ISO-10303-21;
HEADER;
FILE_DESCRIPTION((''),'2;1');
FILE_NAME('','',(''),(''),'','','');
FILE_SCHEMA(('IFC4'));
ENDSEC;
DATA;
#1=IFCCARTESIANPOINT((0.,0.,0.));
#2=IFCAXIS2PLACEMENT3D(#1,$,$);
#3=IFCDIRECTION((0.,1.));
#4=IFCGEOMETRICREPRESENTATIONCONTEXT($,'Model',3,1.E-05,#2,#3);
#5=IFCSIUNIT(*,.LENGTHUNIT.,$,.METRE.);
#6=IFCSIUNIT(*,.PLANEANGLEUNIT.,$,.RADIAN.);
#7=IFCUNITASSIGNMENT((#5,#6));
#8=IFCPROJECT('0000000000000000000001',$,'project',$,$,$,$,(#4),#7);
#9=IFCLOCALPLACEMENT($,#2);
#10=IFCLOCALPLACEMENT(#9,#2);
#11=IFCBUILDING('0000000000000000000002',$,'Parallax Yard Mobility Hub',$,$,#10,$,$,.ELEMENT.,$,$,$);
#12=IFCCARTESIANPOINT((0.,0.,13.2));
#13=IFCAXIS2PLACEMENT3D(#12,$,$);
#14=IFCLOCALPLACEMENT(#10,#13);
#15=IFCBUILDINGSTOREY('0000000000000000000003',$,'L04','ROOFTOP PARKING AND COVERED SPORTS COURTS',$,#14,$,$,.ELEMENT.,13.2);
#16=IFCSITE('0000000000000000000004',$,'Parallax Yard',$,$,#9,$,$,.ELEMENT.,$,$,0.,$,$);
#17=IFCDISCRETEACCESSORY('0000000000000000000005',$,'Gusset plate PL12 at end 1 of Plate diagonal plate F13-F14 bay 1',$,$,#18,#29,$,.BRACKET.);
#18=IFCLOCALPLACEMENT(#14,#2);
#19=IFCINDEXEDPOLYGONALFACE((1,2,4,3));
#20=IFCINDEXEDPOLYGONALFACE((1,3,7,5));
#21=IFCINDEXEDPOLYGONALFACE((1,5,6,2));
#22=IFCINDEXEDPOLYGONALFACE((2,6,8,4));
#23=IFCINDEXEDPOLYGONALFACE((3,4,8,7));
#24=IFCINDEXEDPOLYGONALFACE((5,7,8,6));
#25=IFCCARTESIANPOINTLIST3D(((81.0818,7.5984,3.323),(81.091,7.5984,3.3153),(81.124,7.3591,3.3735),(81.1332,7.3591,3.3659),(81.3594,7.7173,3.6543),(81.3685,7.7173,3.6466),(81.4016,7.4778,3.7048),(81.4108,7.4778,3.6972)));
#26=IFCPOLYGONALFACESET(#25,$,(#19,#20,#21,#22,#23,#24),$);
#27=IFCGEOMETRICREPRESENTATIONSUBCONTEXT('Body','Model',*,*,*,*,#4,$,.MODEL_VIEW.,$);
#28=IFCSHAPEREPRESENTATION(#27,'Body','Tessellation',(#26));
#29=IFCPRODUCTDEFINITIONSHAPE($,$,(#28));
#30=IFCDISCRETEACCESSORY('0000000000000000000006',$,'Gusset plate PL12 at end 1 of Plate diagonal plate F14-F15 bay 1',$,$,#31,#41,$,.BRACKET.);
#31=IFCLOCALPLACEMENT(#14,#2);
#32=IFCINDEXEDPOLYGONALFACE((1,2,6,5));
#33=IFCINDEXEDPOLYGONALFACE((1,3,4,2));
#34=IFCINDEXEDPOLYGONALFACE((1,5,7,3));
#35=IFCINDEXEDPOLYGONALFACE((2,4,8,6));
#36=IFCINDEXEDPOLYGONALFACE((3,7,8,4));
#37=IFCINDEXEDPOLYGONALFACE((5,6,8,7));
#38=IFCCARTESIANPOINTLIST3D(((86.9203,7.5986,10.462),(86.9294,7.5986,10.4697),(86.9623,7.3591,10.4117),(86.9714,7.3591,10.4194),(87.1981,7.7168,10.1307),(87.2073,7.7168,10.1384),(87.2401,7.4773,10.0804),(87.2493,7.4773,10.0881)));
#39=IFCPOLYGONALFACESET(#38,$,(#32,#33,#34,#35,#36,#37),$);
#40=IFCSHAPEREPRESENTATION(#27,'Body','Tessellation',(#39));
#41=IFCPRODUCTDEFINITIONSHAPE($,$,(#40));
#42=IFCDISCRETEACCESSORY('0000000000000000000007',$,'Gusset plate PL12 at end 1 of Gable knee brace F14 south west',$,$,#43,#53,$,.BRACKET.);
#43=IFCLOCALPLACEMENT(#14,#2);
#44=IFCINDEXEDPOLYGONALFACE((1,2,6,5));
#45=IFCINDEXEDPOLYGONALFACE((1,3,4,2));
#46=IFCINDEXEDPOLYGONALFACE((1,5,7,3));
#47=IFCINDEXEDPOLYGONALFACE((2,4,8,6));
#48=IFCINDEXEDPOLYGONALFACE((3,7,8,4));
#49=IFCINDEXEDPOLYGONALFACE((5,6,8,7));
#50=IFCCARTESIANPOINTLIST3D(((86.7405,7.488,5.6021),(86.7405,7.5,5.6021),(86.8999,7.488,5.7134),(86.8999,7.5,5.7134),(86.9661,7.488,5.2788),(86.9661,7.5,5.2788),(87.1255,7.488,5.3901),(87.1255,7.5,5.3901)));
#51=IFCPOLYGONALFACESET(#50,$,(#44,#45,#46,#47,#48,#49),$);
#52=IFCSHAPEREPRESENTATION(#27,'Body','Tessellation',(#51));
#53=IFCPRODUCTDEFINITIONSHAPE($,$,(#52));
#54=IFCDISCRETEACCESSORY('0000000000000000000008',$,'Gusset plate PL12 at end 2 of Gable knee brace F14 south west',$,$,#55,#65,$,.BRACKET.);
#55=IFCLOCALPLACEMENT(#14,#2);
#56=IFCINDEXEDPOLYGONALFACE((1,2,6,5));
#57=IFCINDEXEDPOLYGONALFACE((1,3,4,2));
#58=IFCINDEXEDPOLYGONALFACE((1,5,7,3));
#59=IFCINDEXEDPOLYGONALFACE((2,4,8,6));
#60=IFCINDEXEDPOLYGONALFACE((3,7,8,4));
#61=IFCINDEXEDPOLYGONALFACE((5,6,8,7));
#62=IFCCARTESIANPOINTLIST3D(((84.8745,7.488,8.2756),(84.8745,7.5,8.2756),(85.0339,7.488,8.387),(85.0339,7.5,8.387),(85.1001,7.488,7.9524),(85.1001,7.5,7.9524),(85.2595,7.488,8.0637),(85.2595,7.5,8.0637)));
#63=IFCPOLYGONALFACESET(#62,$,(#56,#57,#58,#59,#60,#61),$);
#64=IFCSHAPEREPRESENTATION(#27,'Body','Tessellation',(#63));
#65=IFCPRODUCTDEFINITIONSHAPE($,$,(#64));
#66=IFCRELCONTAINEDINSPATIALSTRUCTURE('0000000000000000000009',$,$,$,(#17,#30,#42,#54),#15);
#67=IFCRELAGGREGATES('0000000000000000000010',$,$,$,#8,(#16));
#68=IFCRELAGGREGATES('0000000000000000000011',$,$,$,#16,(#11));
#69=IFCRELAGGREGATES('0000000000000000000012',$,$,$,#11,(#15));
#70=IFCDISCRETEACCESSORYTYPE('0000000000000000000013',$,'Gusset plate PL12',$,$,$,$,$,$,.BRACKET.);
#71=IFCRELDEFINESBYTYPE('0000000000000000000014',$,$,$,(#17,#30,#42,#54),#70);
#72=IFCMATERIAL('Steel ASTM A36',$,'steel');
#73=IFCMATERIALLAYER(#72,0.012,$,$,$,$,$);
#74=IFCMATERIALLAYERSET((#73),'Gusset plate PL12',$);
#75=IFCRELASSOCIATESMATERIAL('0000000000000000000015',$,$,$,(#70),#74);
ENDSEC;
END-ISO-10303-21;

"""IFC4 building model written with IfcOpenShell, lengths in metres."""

from ifc_helpers import new_model, si_unit, direction, frame, origin, place, context, subcontext, project, spatial, polyline, outline, extrude, material, layer, layer_set, type_object, element, save


model = new_model("IFC4")

# Units and contexts
model_context = context("Model", 3, precision=1e-05, world=origin(), true_north=direction((0.0, 1.0)))
body_context = subcontext(model_context, "Body", "Model", "MODEL_VIEW")
ifc_project = project(units=[si_unit("LENGTHUNIT", "METRE"), si_unit("PLANEANGLEUNIT", "RADIAN")], contexts=[model_context])

# Site, building, storey
site_placement = place(None, origin())
site = spatial("IfcSite", under=ifc_project, at=site_placement, Name="Parallax Yard", CompositionType="ELEMENT", RefElevation=0.0)
building_placement = place(site_placement, origin())
building = spatial("IfcBuilding", under=site, at=building_placement, Name="Parallax Yard Mobility Hub", CompositionType="ELEMENT")
storey_placement = place(building_placement, frame((0.0, 0.0, 13.2)))
storey = spatial("IfcBuildingStorey", under=building, at=storey_placement, Name="L04", Description="ROOFTOP PARKING AND COVERED SPORTS COURTS", CompositionType="ELEMENT", Elevation=13.2)

# Discrete accessories
ifc_material_1 = material(Name="Steel ASTM A36", Category="steel")
ifc_layer_1 = layer(ifc_material_1, 0.012)
ifc_layer_set_1 = layer_set([ifc_layer_1], Name="Gusset plate PL12")
discrete_accessory_type = type_object("IfcDiscreteAccessoryType", Name="Gusset plate PL12", PredefinedType="BRACKET", material=ifc_layer_set_1)
discrete_accessory_1_placement = place(storey_placement, frame((81.3594, 7.7173, 3.6543), z_axis=(-0.766562, 0.00032, 0.64217), x_axis=(-0.619236, -0.265231, -0.739053)))
element("IfcDiscreteAccessory", 1, at=discrete_accessory_1_placement, inside=storey, type_object=discrete_accessory_type, Name="Gusset plate PL12 at end 1 of Plate diagonal plate F13-F14 bay 1", PredefinedType="BRACKET", context=body_context, shape_type="SweptSolid", body=[
    extrude(outline(polyline([(0.0, 0.0), (0.4483, 0.0), (0.4482, 0.2482), (0.0, 0.2484), (0.0, 0.0)])), origin(), (0.0, 0.0, -1.0), 0.012),
])
discrete_accessory_2_placement = place(storey_placement, frame((87.2073, 7.7168, 10.1384), z_axis=(0.766324, -0.000548, 0.642455), x_axis=(-0.619839, -0.263622, 0.739123)))
element("IfcDiscreteAccessory", 2, at=discrete_accessory_2_placement, inside=storey, type_object=discrete_accessory_type, Name="Gusset plate PL12 at end 1 of Plate diagonal plate F14-F15 bay 1", PredefinedType="BRACKET", context=body_context, shape_type="SweptSolid", body=[
    extrude(outline(polyline([(0.0, 0.0), (0.4482, 0.0), (0.4482, 0.2483), (-0.0001, 0.2483), (0.0, 0.0)])), origin(), (0.0, 0.0, -1.0), 0.012),
])
for number, where, z_axis, x_axis, name in (
    (3, (86.8999, 7.5, 5.7134), (0.0, 1.0, 0.0), (0.572298, 0.0, -0.820046), "Gusset plate PL12 at end 1 of Gable knee brace F14 south west"),
    (4, (85.1001, 7.5, 7.9524), (0.0, 1.0, 0.0), (-0.572298, 0.0, 0.820046), "Gusset plate PL12 at end 2 of Gable knee brace F14 south west"),
):
    element("IfcDiscreteAccessory", number, at=place(storey_placement, frame(where, z_axis=z_axis, x_axis=x_axis)), inside=storey, type_object=discrete_accessory_type, Name=name, PredefinedType="BRACKET", context=body_context, shape_type="SweptSolid", body=[
        extrude(outline(polyline([(0.0, 0.0), (0.3942, 0.0), (0.3942, 0.1944), (0.0001, 0.1944), (0.0, 0.0)])), origin(), (0.0, 0.0, -1.0), 0.012),
    ])

save(model, "model.ifc")
